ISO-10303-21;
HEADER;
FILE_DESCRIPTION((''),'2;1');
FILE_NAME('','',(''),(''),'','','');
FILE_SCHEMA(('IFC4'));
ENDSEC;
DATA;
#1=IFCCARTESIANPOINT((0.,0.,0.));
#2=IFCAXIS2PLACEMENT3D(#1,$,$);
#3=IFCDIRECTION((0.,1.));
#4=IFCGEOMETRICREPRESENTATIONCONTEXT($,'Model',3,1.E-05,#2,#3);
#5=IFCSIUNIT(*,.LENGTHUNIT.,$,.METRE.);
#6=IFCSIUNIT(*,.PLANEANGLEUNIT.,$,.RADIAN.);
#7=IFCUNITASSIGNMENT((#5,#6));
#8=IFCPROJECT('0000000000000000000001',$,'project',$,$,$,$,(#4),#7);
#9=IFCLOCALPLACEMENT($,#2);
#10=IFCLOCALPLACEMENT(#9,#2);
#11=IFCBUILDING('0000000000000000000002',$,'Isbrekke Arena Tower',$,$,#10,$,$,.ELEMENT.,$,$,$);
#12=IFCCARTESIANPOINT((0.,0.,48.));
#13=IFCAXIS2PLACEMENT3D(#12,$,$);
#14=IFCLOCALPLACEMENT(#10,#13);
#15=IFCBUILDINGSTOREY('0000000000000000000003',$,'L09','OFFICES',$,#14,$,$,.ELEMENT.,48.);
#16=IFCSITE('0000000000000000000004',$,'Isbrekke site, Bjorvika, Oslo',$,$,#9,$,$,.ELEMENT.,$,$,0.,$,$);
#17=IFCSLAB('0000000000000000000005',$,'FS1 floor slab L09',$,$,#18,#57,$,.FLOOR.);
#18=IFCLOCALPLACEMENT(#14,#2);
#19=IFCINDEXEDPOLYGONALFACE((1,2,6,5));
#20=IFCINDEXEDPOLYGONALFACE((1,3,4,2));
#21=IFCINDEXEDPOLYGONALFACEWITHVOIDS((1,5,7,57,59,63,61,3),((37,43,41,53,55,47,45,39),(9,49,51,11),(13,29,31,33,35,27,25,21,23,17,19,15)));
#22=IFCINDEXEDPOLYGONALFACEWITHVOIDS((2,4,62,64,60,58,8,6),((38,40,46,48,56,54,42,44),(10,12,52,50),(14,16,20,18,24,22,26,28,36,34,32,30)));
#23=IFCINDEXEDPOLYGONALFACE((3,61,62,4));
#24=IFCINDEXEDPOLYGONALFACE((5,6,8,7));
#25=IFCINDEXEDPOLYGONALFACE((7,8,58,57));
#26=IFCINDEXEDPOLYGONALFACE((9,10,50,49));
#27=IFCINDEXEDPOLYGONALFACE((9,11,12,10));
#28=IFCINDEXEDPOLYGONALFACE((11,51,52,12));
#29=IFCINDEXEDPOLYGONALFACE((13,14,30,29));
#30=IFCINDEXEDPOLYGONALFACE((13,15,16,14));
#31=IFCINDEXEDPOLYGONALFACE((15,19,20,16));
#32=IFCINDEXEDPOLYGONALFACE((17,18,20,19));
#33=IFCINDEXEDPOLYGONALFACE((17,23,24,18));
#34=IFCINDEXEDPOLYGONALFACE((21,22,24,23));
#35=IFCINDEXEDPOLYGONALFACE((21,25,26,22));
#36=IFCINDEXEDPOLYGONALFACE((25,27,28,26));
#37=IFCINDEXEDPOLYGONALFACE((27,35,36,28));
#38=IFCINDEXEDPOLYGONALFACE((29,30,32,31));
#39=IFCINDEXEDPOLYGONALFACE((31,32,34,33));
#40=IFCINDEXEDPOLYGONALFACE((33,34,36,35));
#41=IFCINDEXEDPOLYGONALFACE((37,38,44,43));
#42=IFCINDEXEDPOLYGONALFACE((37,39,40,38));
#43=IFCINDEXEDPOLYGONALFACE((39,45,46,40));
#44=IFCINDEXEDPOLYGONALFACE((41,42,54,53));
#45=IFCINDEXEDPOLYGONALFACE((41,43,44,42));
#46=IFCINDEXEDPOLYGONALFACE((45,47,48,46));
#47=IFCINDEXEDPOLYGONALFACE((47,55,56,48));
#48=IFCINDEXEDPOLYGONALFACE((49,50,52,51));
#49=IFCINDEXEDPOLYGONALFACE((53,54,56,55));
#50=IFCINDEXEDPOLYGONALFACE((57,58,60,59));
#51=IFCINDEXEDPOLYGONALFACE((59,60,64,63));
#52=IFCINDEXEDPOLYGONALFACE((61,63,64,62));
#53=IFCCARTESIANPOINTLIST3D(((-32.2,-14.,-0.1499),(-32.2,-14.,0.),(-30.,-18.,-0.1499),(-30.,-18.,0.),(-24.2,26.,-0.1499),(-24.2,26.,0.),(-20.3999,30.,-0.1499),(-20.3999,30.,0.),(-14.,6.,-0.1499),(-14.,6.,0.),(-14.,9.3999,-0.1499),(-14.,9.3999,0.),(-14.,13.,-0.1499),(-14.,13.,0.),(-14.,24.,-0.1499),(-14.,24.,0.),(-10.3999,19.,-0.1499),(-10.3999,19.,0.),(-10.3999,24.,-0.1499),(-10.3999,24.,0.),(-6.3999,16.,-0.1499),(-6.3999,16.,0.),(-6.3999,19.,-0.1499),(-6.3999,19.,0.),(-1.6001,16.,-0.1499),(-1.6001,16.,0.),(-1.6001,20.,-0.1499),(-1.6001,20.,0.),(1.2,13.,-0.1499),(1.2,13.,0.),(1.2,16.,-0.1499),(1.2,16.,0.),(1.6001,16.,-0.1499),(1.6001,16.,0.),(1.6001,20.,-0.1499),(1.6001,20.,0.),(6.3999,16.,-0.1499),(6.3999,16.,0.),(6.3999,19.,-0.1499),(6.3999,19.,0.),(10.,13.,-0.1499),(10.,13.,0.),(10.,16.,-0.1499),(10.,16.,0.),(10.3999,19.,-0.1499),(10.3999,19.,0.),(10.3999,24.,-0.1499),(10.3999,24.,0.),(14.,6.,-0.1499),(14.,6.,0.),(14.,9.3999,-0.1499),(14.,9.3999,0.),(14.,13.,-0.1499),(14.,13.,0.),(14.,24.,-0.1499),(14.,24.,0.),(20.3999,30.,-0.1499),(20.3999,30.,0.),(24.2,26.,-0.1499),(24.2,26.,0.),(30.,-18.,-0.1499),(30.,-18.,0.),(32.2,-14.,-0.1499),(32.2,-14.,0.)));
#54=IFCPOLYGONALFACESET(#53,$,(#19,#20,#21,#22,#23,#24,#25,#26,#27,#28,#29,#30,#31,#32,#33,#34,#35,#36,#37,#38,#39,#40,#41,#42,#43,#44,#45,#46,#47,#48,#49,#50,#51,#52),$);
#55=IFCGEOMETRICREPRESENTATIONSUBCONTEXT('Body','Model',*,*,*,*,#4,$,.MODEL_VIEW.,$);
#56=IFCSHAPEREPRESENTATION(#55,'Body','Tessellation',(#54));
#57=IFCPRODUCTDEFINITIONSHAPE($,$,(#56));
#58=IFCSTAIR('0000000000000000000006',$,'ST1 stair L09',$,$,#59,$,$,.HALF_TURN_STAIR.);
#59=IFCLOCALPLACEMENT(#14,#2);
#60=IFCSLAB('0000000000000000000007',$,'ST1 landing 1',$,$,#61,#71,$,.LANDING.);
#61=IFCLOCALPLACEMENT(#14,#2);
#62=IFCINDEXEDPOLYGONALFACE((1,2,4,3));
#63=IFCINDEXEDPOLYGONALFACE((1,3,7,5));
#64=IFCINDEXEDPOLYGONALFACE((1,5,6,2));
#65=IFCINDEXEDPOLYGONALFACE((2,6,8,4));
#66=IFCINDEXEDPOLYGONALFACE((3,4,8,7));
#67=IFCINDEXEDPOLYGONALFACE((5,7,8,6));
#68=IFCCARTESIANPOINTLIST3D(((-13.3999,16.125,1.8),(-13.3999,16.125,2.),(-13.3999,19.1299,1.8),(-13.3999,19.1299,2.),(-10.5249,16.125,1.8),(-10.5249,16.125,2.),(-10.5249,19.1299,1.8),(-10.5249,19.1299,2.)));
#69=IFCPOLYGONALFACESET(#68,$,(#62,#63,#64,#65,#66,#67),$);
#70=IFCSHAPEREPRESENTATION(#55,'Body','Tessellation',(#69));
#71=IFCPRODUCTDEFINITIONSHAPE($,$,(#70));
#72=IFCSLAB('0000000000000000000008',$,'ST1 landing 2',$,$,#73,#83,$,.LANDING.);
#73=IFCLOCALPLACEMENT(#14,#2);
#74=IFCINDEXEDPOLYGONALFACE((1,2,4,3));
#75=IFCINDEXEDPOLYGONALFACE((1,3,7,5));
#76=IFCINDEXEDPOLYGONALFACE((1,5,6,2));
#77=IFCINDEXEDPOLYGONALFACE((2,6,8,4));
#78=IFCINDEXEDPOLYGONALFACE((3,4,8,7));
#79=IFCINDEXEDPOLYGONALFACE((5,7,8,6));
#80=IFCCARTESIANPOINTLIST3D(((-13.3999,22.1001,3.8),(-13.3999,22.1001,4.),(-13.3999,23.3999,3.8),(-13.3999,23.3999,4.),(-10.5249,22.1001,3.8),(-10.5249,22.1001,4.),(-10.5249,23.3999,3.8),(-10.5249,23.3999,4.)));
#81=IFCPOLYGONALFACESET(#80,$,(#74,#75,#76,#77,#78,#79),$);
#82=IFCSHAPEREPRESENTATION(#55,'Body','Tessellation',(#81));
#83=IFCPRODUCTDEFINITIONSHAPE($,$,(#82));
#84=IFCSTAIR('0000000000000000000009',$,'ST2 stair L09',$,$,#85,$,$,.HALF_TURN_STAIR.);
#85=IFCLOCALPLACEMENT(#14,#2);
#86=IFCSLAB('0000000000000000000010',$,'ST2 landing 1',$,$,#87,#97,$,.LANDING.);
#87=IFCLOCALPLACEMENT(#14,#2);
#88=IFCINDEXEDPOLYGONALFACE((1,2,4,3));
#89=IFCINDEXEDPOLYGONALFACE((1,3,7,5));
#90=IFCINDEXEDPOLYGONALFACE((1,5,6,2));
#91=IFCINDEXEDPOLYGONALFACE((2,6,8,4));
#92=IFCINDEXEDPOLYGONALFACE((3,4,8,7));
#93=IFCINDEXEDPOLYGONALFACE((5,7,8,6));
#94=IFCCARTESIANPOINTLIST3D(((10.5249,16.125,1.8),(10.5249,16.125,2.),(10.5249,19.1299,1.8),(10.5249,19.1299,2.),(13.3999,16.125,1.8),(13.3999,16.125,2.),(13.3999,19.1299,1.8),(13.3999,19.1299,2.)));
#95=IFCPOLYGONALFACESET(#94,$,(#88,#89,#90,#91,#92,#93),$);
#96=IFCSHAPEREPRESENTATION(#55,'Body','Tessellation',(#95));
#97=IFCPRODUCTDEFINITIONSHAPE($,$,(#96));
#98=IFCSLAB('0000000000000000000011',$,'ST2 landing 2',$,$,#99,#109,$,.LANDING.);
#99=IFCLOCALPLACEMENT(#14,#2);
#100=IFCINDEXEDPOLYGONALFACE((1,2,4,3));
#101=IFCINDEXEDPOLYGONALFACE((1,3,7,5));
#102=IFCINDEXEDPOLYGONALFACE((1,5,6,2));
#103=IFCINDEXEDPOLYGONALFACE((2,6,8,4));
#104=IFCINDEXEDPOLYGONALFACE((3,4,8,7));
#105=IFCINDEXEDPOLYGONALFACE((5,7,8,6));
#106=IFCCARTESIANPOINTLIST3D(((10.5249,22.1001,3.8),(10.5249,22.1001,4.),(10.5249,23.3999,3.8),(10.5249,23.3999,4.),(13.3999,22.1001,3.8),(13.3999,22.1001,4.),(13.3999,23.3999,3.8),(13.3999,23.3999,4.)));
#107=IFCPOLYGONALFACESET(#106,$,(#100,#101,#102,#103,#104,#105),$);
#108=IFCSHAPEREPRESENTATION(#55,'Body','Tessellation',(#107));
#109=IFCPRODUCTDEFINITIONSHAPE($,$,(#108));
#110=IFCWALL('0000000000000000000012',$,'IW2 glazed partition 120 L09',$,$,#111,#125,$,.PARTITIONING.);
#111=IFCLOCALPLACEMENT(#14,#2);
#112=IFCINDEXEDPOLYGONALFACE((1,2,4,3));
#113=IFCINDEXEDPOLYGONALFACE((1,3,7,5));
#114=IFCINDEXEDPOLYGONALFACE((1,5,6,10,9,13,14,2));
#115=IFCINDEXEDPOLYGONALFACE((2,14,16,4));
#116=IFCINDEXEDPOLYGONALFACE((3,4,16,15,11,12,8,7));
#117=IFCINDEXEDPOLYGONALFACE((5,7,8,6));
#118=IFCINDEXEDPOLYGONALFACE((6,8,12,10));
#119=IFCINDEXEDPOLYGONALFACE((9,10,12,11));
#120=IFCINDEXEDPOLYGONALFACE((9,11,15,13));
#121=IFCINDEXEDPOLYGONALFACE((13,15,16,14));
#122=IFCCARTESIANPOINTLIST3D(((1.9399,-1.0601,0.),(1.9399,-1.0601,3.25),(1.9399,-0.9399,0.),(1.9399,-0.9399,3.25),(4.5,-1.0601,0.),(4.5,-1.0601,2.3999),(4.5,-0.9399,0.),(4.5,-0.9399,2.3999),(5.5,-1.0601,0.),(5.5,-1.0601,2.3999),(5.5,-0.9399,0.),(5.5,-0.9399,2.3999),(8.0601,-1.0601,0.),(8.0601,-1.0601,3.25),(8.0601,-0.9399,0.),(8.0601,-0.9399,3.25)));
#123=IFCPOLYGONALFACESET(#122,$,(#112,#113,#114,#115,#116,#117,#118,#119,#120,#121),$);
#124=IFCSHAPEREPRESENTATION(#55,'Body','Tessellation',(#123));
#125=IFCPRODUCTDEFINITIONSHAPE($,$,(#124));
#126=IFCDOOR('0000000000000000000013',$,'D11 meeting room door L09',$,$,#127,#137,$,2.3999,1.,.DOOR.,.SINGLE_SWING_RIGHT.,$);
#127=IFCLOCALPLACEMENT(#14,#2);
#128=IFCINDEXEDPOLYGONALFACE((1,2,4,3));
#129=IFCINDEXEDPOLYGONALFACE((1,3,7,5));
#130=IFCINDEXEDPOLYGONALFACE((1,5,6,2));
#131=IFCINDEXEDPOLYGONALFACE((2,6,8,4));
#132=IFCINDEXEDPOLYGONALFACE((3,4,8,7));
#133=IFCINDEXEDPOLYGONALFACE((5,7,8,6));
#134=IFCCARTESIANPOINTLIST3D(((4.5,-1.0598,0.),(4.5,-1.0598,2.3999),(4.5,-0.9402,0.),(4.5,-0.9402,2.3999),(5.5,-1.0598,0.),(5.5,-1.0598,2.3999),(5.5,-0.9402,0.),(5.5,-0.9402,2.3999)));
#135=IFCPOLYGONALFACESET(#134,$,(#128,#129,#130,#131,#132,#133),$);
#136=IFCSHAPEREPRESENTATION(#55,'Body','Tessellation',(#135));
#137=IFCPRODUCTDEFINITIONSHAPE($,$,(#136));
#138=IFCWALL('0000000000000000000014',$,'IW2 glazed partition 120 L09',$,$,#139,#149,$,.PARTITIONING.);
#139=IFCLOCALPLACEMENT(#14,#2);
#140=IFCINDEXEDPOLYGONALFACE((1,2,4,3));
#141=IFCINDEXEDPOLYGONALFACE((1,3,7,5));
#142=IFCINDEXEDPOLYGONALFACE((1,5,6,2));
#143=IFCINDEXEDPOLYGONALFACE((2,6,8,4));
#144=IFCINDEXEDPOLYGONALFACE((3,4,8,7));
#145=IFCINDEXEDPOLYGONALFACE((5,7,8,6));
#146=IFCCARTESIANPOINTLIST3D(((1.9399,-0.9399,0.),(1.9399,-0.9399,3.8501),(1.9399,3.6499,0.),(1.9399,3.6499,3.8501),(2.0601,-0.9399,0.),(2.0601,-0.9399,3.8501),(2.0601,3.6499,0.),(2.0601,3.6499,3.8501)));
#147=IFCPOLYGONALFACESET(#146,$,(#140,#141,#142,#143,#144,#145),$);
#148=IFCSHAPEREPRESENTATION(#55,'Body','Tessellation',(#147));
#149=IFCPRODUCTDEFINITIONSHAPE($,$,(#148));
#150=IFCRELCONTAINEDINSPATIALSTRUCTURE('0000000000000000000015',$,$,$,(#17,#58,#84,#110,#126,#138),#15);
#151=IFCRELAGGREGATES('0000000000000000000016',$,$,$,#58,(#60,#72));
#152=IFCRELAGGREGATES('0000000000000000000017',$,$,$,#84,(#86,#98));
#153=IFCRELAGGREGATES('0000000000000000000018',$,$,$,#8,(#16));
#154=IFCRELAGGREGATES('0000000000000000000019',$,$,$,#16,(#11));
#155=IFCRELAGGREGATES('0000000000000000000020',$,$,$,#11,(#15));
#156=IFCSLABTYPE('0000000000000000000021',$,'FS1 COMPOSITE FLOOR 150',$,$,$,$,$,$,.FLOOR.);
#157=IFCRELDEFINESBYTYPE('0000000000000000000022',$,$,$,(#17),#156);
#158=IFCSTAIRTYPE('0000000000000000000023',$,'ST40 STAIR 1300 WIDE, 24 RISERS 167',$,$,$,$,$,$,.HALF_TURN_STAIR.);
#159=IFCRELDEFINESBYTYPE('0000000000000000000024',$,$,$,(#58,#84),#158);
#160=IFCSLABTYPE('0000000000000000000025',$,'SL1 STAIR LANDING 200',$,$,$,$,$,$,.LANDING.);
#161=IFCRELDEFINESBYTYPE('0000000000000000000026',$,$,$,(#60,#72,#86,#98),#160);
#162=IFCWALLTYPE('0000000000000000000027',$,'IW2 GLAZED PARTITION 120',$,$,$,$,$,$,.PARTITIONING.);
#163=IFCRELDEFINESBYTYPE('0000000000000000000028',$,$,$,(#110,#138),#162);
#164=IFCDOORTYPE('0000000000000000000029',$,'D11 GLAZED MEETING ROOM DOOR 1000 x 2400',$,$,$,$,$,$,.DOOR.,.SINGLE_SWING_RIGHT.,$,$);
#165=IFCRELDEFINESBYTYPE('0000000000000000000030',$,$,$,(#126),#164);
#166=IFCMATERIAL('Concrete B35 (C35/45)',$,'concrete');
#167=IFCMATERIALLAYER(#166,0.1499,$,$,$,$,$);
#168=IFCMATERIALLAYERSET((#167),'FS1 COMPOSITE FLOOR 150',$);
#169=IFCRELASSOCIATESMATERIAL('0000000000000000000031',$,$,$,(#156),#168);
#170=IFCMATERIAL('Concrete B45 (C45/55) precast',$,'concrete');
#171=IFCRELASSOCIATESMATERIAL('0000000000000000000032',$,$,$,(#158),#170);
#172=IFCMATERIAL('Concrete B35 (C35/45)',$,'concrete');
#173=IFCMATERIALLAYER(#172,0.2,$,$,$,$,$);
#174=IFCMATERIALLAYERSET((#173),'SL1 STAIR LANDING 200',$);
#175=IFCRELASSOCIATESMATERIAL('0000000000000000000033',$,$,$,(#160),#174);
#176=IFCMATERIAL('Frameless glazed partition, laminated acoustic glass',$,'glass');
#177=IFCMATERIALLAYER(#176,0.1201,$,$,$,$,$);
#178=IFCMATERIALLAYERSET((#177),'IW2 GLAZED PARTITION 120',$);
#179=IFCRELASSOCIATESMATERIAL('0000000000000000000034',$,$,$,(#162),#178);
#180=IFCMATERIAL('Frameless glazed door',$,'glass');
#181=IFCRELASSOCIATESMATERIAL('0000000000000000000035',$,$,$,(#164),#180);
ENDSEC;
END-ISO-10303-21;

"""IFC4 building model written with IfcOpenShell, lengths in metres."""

from ifc_helpers import new_model, si_unit, direction, frame, frame_2d, origin, place, context, subcontext, project, spatial, polyline, rectangle, outline, extrude, material, layer, layer_set, type_object, element, fill, aggregate, save


model = new_model("IFC4")

# Units and contexts
model_context = context("Model", 3, precision=1e-05, world=origin(), true_north=direction((0.0, 1.0)))
body_context = subcontext(model_context, "Body", "Model", "MODEL_VIEW")
ifc_project = project(units=[si_unit("LENGTHUNIT", "METRE"), si_unit("PLANEANGLEUNIT", "RADIAN")], contexts=[model_context])

# Site, building, storey
site_placement = place(None, origin())
site = spatial("IfcSite", under=ifc_project, at=site_placement, Name="Isbrekke site, Bjorvika, Oslo", CompositionType="ELEMENT", RefElevation=0.0)
building_placement = place(site_placement, origin())
building = spatial("IfcBuilding", under=site, at=building_placement, Name="Isbrekke Arena Tower", CompositionType="ELEMENT")
storey_placement = place(building_placement, frame((0.0, 0.0, 48.0)))
storey = spatial("IfcBuildingStorey", under=building, at=storey_placement, Name="L09", Description="OFFICES", CompositionType="ELEMENT", Elevation=48.0)

# Slab
ifc_material_1 = material(Name="Concrete B35 (C35/45)", Category="concrete")
ifc_layer_1 = layer(ifc_material_1, 0.1499)
ifc_layer_set_1 = layer_set([ifc_layer_1], Name="FS1 COMPOSITE FLOOR 150")
slab_type_1 = type_object("IfcSlabType", Name="FS1 COMPOSITE FLOOR 150", PredefinedType="FLOOR", material=ifc_layer_set_1)
slab_1_placement = place(storey_placement, frame((0.0, 0.0, -0.1499)))
element("IfcSlab", 1, at=slab_1_placement, inside=storey, type_object=slab_type_1, Name="FS1 floor slab L09", PredefinedType="FLOOR", context=body_context, shape_type="SweptSolid", body=[
    extrude(outline(polyline([(-30.0, -18.0), (30.0, -18.0), (32.2, -14.0), (24.2, 26.0), (20.3999, 30.0), (-20.3999, 30.0), (-24.2, 26.0), (-32.2, -14.0), (-30.0, -18.0)]), holes=[polyline([(14.0, 9.3999), (14.0, 6.0), (-14.0, 6.0), (-14.0, 9.3999), (14.0, 9.3999)]), polyline([(-6.3999, 19.0), (-6.3999, 16.0), (-1.6001, 16.0), (-1.6001, 20.0), (1.6001, 20.0), (1.6001, 16.0), (1.2, 16.0), (1.2, 13.0), (-14.0, 13.0), (-14.0, 24.0), (-10.3999, 24.0), (-10.3999, 19.0), (-6.3999, 19.0)]), polyline([(10.0, 13.0), (10.0, 16.0), (6.3999, 16.0), (6.3999, 19.0), (10.3999, 19.0), (10.3999, 24.0), (14.0, 24.0), (14.0, 13.0), (10.0, 13.0)])]), origin(), (0.0, 0.0, 1.0), 0.1499),
])

# Stairs, slabs
ifc_material_2 = material(Name="Concrete B45 (C45/55) precast", Category="concrete")
stair_type = type_object("IfcStairType", Name="ST40 STAIR 1300 WIDE, 24 RISERS 167", PredefinedType="HALF_TURN_STAIR", material=ifc_material_2)
stair_1_placement = place(storey_placement, origin())
stair_1 = element("IfcStair", 2, at=stair_1_placement, inside=storey, type_object=stair_type, Name="ST1 stair L09", PredefinedType="HALF_TURN_STAIR")
ifc_material_3 = material(Name="Concrete B35 (C35/45)", Category="concrete")
ifc_layer_2 = layer(ifc_material_3, 0.2)
ifc_layer_set_2 = layer_set([ifc_layer_2], Name="SL1 STAIR LANDING 200")
slab_type_2 = type_object("IfcSlabType", Name="SL1 STAIR LANDING 200", PredefinedType="LANDING", material=ifc_layer_set_2)
slab_2_placement = place(storey_placement, frame((0.0, 0.0, 1.8)))
slab_2 = element("IfcSlab", 3, at=slab_2_placement, type_object=slab_type_2, Name="ST1 landing 1", PredefinedType="LANDING", context=body_context, shape_type="SweptSolid", body=[
    extrude(outline(polyline([(-13.3999, 16.125), (-10.5249, 16.125), (-10.5249, 19.1299), (-13.3999, 19.1299), (-13.3999, 16.125)])), origin(), (0.0, 0.0, 1.0), 0.2),
])
slab_3_placement = place(storey_placement, frame((0.0, 0.0, 3.8)))
slab_3 = element("IfcSlab", 4, at=slab_3_placement, type_object=slab_type_2, Name="ST1 landing 2", PredefinedType="LANDING", context=body_context, shape_type="SweptSolid", body=[
    extrude(outline(polyline([(-13.3999, 22.1001), (-10.5249, 22.1001), (-10.5249, 23.3999), (-13.3999, 23.3999), (-13.3999, 22.1001)])), origin(), (0.0, 0.0, 1.0), 0.2),
])
aggregate(stair_1, [slab_2, slab_3])
stair_2_placement = place(storey_placement, origin())
stair_2 = element("IfcStair", 5, at=stair_2_placement, inside=storey, type_object=stair_type, Name="ST2 stair L09", PredefinedType="HALF_TURN_STAIR")
slab_4_placement = place(storey_placement, frame((0.0, 0.0, 1.8)))
slab_4 = element("IfcSlab", 6, at=slab_4_placement, type_object=slab_type_2, Name="ST2 landing 1", PredefinedType="LANDING", context=body_context, shape_type="SweptSolid", body=[
    extrude(outline(polyline([(10.5249, 16.125), (13.3999, 16.125), (13.3999, 19.1299), (10.5249, 19.1299), (10.5249, 16.125)])), origin(), (0.0, 0.0, 1.0), 0.2),
])
slab_5_placement = place(storey_placement, frame((0.0, 0.0, 3.8)))
slab_5 = element("IfcSlab", 7, at=slab_5_placement, type_object=slab_type_2, Name="ST2 landing 2", PredefinedType="LANDING", context=body_context, shape_type="SweptSolid", body=[
    extrude(outline(polyline([(10.5249, 22.1001), (13.3999, 22.1001), (13.3999, 23.3999), (10.5249, 23.3999), (10.5249, 22.1001)])), origin(), (0.0, 0.0, 1.0), 0.2),
])
aggregate(stair_2, [slab_4, slab_5])

# Wall, opening, door
ifc_material_4 = material(Name="Frameless glazed partition, laminated acoustic glass", Category="glass")
ifc_layer_3 = layer(ifc_material_4, 0.1201)
ifc_layer_set_3 = layer_set([ifc_layer_3], Name="IW2 GLAZED PARTITION 120")
wall_type = type_object("IfcWallType", Name="IW2 GLAZED PARTITION 120", PredefinedType="PARTITIONING", material=ifc_layer_set_3)
wall_1_placement = place(storey_placement, frame((1.9399, -1.0, 0.0), z_axis=(0.0, 0.0, 1.0), x_axis=(1.0, 0.0, 0.0)))
wall_1 = element("IfcWall", 8, at=wall_1_placement, inside=storey, type_object=wall_type, Name="IW2 glazed partition 120 L09", PredefinedType="PARTITIONING", context=body_context, shape_type="SweptSolid", body=[
    extrude(rectangle(XDim=6.1201, YDim=0.1201, at=frame_2d((3.0601, 0.0))), origin(), (0.0, 0.0, 1.0), 3.25),
])
opening_placement = place(wall_1_placement, frame((2.5601, 0.0, 0.0)))
opening = element("IfcOpeningElement", 9, at=opening_placement, cuts=wall_1, PredefinedType="OPENING", context=body_context, shape_type="SweptSolid", body=[
    extrude(rectangle(XDim=1.0, YDim=2.3999, at=frame_2d((0.5, 1.2))), frame((0.0, 0.075, 0.0), z_axis=(0.0, -1.0, 0.0), x_axis=(1.0, 0.0, 0.0)), (0.0, 0.0, 1.0), 0.1499),
])
ifc_material_5 = material(Name="Frameless glazed door", Category="glass")
door_type = type_object("IfcDoorType", Name="D11 GLAZED MEETING ROOM DOOR 1000 x 2400", OperationType="SINGLE_SWING_RIGHT", PredefinedType="DOOR", material=ifc_material_5)
door_placement = place(opening_placement, origin())
door = element("IfcDoor", 10, at=door_placement, inside=storey, type_object=door_type, Name="D11 meeting room door L09", OperationType="SINGLE_SWING_RIGHT", OverallHeight=2.3999, OverallWidth=1.0, PredefinedType="DOOR", context=body_context, shape_type="SweptSolid", body=[
    extrude(rectangle(XDim=1.0, YDim=2.3999, at=frame_2d((0.5, 1.2))), frame((0.0, 0.0598, 0.0), z_axis=(0.0, -1.0, 0.0), x_axis=(1.0, 0.0, 0.0)), (0.0, 0.0, 1.0), 0.1196),
])
fill(opening, door)

# Wall
wall_2_placement = place(storey_placement, frame((2.0, -0.9399, 0.0), z_axis=(0.0, 0.0, 1.0), x_axis=(0.0, 1.0, 0.0)))
element("IfcWall", 11, at=wall_2_placement, inside=storey, type_object=wall_type, Name="IW2 glazed partition 120 L09", PredefinedType="PARTITIONING", context=body_context, shape_type="SweptSolid", body=[
    extrude(rectangle(XDim=4.5898, YDim=0.1201, at=frame_2d((2.2949, 0.0))), origin(), (0.0, 0.0, 1.0), 3.8501),
])

save(model, "model.ifc")
